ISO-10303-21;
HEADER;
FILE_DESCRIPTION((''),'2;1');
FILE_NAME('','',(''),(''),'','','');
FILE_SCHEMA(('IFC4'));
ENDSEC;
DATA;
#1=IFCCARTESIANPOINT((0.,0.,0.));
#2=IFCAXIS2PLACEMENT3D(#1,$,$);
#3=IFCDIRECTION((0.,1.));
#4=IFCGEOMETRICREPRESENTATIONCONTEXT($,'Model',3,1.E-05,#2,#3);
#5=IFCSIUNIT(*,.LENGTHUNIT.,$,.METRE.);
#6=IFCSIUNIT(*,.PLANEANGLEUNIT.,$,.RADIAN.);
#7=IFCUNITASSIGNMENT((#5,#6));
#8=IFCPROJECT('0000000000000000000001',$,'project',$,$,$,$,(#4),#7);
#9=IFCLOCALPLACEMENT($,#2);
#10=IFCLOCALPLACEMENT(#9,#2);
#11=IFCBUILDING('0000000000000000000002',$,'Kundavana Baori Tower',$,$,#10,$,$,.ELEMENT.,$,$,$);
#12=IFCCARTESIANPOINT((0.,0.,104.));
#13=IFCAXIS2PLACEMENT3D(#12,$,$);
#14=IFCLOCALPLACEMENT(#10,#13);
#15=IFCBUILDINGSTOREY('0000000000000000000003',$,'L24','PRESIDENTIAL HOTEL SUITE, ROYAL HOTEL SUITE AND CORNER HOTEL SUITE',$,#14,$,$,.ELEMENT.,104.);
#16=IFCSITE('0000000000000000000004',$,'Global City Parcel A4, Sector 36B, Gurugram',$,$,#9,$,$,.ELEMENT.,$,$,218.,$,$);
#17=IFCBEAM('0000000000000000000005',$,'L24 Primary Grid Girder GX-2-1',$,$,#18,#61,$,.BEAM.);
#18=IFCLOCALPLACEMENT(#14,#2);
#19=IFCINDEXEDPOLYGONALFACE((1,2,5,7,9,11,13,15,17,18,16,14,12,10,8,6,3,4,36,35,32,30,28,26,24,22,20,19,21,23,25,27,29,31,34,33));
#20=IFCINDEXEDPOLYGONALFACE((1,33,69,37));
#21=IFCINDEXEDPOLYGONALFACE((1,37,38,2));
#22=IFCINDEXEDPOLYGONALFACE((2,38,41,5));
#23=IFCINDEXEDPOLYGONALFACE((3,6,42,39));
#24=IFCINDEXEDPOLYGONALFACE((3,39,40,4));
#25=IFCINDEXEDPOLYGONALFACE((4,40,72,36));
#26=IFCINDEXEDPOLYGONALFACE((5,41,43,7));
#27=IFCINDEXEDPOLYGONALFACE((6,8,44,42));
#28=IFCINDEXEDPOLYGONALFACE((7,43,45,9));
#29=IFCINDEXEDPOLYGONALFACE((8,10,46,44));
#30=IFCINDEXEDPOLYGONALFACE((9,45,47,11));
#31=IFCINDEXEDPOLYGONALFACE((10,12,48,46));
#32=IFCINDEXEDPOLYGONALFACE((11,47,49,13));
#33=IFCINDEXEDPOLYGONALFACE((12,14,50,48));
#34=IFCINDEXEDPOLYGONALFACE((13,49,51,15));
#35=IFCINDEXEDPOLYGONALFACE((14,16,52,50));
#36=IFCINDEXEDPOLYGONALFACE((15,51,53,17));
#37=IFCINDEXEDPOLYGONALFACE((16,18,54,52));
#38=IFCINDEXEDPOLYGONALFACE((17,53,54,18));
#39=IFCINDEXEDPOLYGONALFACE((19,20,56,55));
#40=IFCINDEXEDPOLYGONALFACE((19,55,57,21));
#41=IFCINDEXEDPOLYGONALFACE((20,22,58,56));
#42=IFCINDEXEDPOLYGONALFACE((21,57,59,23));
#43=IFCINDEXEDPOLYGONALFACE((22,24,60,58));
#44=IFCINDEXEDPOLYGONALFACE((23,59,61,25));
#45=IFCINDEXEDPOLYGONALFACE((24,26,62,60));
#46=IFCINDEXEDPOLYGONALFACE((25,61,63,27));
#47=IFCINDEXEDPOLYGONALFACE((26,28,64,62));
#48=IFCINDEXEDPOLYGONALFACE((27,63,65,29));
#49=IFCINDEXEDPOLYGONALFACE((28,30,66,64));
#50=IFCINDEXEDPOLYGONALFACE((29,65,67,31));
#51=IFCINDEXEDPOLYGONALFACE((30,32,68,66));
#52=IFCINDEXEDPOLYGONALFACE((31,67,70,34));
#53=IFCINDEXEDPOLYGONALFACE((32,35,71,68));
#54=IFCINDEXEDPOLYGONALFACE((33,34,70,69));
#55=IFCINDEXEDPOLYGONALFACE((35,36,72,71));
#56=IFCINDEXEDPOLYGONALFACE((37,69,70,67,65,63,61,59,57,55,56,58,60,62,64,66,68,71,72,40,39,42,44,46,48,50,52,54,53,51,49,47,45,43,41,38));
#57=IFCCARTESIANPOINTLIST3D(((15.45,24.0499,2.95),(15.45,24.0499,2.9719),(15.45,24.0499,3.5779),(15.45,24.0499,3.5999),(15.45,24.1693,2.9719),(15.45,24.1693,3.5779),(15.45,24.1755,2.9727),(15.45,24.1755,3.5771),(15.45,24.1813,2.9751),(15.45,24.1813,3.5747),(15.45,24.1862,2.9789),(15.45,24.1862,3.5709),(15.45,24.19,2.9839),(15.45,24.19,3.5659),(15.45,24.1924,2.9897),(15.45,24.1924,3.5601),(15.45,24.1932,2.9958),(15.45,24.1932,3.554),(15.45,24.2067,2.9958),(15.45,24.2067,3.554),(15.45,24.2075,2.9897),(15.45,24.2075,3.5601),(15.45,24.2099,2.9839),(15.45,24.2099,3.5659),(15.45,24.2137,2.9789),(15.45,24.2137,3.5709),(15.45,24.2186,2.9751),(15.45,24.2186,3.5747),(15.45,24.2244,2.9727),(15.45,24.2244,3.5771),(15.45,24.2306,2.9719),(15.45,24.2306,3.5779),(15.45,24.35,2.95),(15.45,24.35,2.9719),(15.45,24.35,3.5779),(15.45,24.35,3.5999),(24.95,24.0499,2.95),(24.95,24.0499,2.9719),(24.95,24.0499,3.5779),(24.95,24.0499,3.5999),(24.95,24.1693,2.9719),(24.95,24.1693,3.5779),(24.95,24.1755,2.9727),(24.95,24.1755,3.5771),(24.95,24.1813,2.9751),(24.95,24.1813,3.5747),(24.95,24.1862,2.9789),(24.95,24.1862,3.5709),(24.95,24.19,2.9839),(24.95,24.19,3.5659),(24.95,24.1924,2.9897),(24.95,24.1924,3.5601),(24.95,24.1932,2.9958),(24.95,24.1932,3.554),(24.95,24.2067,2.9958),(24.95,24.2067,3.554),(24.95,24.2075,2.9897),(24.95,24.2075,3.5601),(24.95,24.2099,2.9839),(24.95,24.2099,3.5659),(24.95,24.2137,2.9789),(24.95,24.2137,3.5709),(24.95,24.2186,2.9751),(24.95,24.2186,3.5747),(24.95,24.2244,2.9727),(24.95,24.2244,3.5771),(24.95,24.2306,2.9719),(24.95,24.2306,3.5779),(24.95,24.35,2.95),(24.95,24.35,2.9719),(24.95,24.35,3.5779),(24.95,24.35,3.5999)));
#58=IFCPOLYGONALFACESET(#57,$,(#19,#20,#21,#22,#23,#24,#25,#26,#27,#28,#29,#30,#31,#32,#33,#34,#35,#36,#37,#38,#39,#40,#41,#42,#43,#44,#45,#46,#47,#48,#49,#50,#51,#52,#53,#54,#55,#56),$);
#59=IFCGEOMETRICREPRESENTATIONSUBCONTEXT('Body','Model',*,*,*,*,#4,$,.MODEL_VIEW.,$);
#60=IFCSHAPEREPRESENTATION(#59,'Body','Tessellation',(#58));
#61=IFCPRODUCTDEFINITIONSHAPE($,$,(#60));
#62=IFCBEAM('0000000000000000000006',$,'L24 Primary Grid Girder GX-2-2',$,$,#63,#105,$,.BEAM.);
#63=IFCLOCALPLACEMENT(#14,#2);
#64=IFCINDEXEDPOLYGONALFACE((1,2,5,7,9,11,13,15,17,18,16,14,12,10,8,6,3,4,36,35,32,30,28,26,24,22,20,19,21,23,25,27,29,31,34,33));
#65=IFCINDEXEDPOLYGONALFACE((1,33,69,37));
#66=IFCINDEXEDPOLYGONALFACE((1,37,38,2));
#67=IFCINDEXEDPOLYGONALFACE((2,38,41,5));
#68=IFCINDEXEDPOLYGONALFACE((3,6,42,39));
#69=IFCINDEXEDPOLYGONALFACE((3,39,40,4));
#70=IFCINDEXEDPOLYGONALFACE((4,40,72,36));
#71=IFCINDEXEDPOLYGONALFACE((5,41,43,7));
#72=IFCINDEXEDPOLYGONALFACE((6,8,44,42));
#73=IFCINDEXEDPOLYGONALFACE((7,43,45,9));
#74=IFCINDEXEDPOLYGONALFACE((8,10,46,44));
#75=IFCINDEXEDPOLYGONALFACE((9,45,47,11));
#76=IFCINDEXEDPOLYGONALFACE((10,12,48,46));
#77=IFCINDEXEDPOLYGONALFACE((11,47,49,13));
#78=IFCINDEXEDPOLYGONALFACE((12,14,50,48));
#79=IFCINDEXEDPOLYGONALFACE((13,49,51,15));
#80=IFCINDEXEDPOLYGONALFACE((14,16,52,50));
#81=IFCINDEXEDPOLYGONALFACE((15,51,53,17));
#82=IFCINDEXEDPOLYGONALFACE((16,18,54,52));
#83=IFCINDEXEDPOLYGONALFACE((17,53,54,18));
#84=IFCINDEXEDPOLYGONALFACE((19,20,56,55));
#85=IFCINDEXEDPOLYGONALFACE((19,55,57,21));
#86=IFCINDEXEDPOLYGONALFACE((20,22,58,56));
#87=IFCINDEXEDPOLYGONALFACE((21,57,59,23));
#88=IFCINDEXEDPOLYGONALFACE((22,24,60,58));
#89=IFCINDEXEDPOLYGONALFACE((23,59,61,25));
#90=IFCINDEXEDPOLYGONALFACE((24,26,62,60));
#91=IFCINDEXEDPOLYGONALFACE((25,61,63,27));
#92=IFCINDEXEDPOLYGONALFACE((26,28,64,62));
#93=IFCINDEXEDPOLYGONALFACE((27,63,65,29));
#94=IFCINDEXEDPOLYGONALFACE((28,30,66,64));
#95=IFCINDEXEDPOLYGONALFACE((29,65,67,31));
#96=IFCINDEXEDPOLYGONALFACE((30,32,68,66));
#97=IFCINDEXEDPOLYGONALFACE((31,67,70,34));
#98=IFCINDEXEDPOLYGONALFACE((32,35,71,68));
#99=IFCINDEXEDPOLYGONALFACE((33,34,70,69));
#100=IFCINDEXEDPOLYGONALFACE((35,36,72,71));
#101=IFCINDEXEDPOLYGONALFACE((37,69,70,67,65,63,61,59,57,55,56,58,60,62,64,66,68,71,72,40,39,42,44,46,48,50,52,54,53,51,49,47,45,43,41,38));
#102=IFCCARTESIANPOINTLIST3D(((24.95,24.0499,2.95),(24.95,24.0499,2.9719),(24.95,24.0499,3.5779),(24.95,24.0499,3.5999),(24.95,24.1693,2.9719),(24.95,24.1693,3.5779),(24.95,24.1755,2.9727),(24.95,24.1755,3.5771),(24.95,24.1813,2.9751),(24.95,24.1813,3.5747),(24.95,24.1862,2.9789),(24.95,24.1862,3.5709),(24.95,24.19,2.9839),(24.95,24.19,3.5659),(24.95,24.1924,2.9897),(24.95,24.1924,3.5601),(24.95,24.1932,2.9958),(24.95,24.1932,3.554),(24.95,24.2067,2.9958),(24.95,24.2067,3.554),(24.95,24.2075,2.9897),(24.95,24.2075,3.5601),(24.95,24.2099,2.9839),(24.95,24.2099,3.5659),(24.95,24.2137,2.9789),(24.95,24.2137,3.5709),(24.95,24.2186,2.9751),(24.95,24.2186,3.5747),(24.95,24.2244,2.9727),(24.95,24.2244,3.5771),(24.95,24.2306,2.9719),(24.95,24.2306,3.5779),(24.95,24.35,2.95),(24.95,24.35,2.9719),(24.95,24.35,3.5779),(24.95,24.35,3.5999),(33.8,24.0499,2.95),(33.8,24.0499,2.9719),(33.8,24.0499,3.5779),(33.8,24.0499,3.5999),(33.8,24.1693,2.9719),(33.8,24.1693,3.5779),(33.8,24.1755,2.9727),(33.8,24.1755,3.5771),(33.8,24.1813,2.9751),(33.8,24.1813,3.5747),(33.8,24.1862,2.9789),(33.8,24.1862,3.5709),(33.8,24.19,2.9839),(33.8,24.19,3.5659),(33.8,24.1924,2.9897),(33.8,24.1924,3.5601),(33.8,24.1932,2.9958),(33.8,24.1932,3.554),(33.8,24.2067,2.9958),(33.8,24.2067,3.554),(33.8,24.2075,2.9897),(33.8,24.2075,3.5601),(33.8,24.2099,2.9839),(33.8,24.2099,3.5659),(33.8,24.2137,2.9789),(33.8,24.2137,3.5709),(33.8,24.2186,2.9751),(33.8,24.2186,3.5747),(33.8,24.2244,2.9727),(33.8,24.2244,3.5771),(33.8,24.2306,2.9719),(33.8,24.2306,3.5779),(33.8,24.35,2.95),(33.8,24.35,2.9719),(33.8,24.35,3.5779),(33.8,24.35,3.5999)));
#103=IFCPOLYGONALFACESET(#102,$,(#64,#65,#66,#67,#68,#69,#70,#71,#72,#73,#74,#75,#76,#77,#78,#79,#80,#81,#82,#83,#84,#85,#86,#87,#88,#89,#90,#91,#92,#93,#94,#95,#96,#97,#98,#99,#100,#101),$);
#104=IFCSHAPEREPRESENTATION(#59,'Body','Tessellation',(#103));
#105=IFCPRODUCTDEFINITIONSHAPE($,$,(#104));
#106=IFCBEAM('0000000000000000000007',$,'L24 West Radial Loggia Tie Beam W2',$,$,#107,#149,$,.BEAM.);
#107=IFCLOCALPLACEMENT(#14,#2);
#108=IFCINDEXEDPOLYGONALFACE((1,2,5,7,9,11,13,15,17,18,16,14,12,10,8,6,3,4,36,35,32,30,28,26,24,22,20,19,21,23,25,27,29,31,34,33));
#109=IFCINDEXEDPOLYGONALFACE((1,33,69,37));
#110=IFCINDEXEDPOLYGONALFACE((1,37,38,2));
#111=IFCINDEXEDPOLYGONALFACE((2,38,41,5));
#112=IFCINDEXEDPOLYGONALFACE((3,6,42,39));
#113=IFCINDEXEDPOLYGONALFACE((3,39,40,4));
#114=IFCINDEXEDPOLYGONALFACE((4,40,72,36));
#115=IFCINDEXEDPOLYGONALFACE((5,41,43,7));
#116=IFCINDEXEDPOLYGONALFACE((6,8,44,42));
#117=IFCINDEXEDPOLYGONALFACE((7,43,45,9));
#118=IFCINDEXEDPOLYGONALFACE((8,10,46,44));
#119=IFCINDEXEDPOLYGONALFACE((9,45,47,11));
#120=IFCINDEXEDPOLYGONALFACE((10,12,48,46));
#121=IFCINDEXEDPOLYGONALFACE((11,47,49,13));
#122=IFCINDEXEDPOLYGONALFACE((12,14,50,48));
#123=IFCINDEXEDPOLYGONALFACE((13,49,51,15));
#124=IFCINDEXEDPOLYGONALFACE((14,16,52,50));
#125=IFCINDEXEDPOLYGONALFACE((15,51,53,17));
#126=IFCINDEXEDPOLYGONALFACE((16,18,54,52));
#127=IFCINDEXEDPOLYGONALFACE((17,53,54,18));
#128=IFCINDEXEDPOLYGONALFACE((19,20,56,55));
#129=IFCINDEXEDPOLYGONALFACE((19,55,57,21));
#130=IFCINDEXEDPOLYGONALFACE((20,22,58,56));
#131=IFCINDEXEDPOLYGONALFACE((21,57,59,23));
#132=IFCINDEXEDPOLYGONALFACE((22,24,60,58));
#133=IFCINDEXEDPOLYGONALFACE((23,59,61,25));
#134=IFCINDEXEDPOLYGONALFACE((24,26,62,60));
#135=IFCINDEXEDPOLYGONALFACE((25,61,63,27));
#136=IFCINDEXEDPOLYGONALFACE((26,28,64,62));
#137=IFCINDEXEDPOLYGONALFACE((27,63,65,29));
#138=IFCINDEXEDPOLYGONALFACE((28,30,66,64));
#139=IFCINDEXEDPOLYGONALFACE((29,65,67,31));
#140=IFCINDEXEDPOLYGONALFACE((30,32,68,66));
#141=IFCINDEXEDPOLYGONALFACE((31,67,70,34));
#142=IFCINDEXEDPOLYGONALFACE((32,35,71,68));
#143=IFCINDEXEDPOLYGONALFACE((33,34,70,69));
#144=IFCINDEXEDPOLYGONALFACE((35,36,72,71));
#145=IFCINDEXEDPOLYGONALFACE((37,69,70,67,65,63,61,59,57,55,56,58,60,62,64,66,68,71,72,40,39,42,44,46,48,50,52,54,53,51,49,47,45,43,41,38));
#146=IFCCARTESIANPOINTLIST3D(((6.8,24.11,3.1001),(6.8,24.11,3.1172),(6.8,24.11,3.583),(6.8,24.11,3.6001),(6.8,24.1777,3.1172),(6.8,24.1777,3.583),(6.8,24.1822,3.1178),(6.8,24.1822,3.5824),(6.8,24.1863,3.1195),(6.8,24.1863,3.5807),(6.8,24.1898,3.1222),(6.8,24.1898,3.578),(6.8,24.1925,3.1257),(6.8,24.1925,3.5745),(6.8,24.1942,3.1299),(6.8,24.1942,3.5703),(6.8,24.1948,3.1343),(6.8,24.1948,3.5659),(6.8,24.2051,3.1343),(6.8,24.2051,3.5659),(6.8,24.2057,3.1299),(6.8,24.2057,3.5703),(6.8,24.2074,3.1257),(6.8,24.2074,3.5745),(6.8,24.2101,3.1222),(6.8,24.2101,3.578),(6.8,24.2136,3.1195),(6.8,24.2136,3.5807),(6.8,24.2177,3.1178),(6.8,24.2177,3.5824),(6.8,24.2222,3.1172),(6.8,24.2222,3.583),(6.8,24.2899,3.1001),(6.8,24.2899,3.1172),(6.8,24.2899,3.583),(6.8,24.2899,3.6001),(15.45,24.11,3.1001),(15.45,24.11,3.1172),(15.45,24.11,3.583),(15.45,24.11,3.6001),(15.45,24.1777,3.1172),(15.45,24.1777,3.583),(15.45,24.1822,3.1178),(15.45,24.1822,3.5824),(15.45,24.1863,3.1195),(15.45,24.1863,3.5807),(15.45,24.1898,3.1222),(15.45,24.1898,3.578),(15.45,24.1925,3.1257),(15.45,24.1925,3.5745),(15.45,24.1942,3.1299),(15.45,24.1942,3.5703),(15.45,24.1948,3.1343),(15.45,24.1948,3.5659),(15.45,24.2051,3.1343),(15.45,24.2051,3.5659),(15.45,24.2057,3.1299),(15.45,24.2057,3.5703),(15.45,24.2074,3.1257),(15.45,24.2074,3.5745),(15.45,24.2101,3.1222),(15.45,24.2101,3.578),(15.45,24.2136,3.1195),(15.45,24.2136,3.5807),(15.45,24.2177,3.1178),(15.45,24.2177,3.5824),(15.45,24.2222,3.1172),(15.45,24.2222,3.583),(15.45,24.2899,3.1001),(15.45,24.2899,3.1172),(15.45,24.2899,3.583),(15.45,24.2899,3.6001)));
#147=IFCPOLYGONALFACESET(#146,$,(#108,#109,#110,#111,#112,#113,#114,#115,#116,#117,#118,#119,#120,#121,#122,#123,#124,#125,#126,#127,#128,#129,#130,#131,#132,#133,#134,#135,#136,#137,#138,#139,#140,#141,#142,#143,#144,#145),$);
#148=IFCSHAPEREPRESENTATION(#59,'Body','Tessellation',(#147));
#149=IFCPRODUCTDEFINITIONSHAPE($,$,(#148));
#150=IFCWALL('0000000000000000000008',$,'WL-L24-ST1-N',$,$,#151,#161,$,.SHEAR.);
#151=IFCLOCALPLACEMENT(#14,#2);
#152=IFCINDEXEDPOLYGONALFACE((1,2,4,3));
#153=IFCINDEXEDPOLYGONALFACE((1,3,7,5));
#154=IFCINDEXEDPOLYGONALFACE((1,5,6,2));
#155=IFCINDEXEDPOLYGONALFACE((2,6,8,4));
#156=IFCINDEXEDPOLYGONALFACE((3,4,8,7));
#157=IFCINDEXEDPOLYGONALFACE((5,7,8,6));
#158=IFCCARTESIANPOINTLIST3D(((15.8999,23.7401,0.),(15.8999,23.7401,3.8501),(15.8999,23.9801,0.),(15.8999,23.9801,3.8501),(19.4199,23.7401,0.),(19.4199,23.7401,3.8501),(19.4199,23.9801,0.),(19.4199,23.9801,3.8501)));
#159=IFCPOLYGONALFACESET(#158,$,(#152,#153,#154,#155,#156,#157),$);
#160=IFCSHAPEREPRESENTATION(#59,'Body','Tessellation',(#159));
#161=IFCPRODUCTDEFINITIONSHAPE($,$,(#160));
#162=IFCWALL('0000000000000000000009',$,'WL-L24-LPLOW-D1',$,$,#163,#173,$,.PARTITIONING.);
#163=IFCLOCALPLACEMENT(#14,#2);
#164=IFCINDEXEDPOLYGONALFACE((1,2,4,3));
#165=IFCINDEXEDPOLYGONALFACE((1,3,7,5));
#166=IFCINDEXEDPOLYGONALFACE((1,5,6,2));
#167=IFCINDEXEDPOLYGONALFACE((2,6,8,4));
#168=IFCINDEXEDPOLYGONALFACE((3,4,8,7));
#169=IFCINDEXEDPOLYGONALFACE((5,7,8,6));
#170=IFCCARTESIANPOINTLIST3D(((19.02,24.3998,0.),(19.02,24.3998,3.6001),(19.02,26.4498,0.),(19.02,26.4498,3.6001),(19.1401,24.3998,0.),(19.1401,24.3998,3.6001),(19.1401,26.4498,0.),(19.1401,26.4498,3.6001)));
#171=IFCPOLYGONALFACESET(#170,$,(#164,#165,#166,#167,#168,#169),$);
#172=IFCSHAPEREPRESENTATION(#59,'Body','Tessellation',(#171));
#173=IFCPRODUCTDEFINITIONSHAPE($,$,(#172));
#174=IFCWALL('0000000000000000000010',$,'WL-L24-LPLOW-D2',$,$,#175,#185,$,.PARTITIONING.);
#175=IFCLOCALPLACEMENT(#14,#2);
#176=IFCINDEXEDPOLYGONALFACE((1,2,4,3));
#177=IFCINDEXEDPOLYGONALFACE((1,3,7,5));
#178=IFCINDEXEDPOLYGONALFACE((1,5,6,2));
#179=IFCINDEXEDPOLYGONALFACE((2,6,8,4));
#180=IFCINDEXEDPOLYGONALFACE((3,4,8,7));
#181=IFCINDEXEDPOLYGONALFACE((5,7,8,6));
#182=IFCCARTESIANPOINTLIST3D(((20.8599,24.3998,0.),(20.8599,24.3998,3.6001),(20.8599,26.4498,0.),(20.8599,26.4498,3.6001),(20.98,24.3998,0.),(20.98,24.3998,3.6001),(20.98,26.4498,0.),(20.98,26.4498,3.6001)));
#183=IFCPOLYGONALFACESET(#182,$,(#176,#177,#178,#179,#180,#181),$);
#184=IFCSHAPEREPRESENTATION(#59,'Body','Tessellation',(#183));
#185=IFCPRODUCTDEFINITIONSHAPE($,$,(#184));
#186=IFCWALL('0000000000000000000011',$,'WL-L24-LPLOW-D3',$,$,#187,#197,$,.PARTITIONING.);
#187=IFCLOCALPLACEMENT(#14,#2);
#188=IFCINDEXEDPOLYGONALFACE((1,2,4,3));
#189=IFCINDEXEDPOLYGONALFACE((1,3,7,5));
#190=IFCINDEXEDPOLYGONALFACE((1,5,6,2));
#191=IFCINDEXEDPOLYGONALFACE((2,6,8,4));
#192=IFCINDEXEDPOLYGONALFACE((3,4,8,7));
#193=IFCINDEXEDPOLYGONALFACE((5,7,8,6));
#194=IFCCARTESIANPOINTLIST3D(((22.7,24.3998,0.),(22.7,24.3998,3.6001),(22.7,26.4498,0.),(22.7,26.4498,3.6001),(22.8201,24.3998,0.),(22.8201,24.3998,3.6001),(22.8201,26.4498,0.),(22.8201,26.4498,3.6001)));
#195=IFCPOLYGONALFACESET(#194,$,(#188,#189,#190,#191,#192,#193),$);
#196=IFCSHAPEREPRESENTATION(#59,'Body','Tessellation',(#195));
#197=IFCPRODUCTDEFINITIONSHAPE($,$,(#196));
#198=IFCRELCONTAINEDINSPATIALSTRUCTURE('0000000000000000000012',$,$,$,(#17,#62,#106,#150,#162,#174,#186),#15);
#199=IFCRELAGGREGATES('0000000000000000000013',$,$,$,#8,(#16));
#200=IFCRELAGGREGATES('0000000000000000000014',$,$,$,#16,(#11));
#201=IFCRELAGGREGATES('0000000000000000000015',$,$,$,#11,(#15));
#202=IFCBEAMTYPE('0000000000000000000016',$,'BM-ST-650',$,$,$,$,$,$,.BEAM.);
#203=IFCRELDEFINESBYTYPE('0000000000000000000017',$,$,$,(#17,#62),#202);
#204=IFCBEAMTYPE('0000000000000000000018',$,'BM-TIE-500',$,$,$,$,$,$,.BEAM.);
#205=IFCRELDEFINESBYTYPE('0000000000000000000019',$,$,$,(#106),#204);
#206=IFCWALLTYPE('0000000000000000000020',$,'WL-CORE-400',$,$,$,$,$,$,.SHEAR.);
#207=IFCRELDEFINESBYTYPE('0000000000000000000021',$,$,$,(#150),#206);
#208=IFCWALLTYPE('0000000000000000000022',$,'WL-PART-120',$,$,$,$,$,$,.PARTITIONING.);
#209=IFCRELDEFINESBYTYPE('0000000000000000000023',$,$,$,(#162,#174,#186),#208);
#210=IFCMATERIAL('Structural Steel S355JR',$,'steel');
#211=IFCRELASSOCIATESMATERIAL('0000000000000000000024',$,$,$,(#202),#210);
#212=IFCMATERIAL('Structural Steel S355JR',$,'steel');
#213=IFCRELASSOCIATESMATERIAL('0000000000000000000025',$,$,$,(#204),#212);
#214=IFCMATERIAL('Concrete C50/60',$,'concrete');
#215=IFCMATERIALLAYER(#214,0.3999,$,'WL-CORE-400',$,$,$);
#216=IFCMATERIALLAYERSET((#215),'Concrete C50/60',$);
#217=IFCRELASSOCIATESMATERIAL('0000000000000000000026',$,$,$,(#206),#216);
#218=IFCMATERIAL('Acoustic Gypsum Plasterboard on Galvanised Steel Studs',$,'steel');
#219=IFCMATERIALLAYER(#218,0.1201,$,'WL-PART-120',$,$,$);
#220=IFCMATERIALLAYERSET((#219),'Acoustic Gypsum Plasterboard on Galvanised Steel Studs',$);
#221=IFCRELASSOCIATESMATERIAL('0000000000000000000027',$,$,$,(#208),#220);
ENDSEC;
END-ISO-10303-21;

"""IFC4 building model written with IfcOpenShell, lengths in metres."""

from ifc_helpers import new_model, si_unit, direction, frame, frame_2d, origin, origin_2d, place, context, subcontext, project, spatial, rectangle, i_section, extrude, material, layer, layer_set, material_profile, profile_set, type_object, element, save


model = new_model("IFC4")

# Units and contexts
model_context = context("Model", 3, precision=1e-05, world=origin(), true_north=direction((0.0, 1.0)))
body_context = subcontext(model_context, "Body", "Model", "MODEL_VIEW")
ifc_project = project(units=[si_unit("LENGTHUNIT", "METRE"), si_unit("PLANEANGLEUNIT", "RADIAN")], contexts=[model_context])

# Site, building, storey
site_placement = place(None, origin())
site = spatial("IfcSite", under=ifc_project, at=site_placement, Name="Global City Parcel A4, Sector 36B, Gurugram", CompositionType="ELEMENT", RefElevation=218.0)
building_placement = place(site_placement, origin())
building = spatial("IfcBuilding", under=site, at=building_placement, Name="Kundavana Baori Tower", CompositionType="ELEMENT")
storey_placement = place(building_placement, frame((0.0, 0.0, 104.0)))
storey = spatial("IfcBuildingStorey", under=building, at=storey_placement, Name="L24", Description="PRESIDENTIAL HOTEL SUITE, ROYAL HOTEL SUITE AND CORNER HOTEL SUITE", CompositionType="ELEMENT", Elevation=104.0)

# Beams
ifc_material_1 = material(Name="Structural Steel S355JR", Category="steel")
ifc_material_profile_1 = material_profile(ifc_material_1, i_section(OverallWidth=0.3, OverallDepth=0.6499, WebThickness=0.0134, FlangeThickness=0.022, FilletRadius=0.0239, at=origin_2d()), Name="NPB 650x300x155")
ifc_profile_set_1 = profile_set([ifc_material_profile_1], Name="Structural Steel S355JR")
beam_type_1 = type_object("IfcBeamType", Name="BM-ST-650", PredefinedType="BEAM", material=ifc_profile_set_1)
beam_1_placement = place(storey_placement, frame((15.45, 24.2, 3.2749), z_axis=(1.0, 0.0, 0.0), x_axis=(0.0, 1.0, 0.0)))
element("IfcBeam", 1, at=beam_1_placement, inside=storey, type_object=beam_type_1, Name="L24 Primary Grid Girder GX-2-1", PredefinedType="BEAM", context=body_context, shape_type="SweptSolid", body=[
    extrude(i_section(OverallWidth=0.3, OverallDepth=0.6499, WebThickness=0.0134, FlangeThickness=0.022, FilletRadius=0.0239, at=origin_2d()), origin(), (0.0, 0.0, 1.0), 9.5),
])
beam_2_placement = place(storey_placement, frame((24.95, 24.2, 3.2749), z_axis=(1.0, 0.0, 0.0), x_axis=(0.0, 1.0, 0.0)))
element("IfcBeam", 2, at=beam_2_placement, inside=storey, type_object=beam_type_1, Name="L24 Primary Grid Girder GX-2-2", PredefinedType="BEAM", context=body_context, shape_type="SweptSolid", body=[
    extrude(i_section(OverallWidth=0.3, OverallDepth=0.6499, WebThickness=0.0134, FlangeThickness=0.022, FilletRadius=0.0239, at=origin_2d()), origin(), (0.0, 0.0, 1.0), 8.8501),
])
ifc_material_2 = material(Name="Structural Steel S355JR", Category="steel")
ifc_material_profile_2 = material_profile(ifc_material_2, i_section(OverallWidth=0.1799, OverallDepth=0.5, WebThickness=0.0103, FlangeThickness=0.0171, FilletRadius=0.0171, at=origin_2d()), Name="ISMB 500")
ifc_profile_set_2 = profile_set([ifc_material_profile_2], Name="Structural Steel S355JR")
beam_type_2 = type_object("IfcBeamType", Name="BM-TIE-500", PredefinedType="BEAM", material=ifc_profile_set_2)
beam_3_placement = place(storey_placement, frame((15.45, 24.2, 3.3501), z_axis=(-1.0, 0.0, 0.0), x_axis=(0.0, -1.0, 0.0)))
element("IfcBeam", 3, at=beam_3_placement, inside=storey, type_object=beam_type_2, Name="L24 West Radial Loggia Tie Beam W2", PredefinedType="BEAM", context=body_context, shape_type="SweptSolid", body=[
    extrude(i_section(OverallWidth=0.1799, OverallDepth=0.5, WebThickness=0.0103, FlangeThickness=0.0171, FilletRadius=0.0171, at=origin_2d()), origin(), (0.0, 0.0, 1.0), 8.6499),
])

# Walls
ifc_material_3 = material(Name="Concrete C50/60", Category="concrete")
ifc_layer_1 = layer(ifc_material_3, 0.3999, Name="WL-CORE-400")
ifc_layer_set_1 = layer_set([ifc_layer_1], Name="Concrete C50/60")
wall_type_1 = type_object("IfcWallType", Name="WL-CORE-400", PredefinedType="SHEAR", material=ifc_layer_set_1)
wall_1_placement = place(storey_placement, frame((15.8999, 23.8601, 0.0), z_axis=(0.0, 0.0, 1.0), x_axis=(1.0, 0.0, 0.0)))
element("IfcWall", 4, at=wall_1_placement, inside=storey, type_object=wall_type_1, Name="WL-L24-ST1-N", PredefinedType="SHEAR", context=body_context, shape_type="SweptSolid", body=[
    extrude(rectangle(XDim=3.52, YDim=0.24, at=frame_2d((1.76, 0.0))), origin(), (0.0, 0.0, 1.0), 3.8501),
])
ifc_material_4 = material(Name="Acoustic Gypsum Plasterboard on Galvanised Steel Studs", Category="steel")
ifc_layer_2 = layer(ifc_material_4, 0.1201, Name="WL-PART-120")
ifc_layer_set_2 = layer_set([ifc_layer_2], Name="Acoustic Gypsum Plasterboard on Galvanised Steel Studs")
wall_type_2 = type_object("IfcWallType", Name="WL-PART-120", PredefinedType="PARTITIONING", material=ifc_layer_set_2)
for number, where, z_axis, x_axis, name in (
    (5, (19.0801, 24.3999, 0.0), (0.0, 0.0, 1.0), (0.0, 1.0, 0.0), "WL-L24-LPLOW-D1"),
    (6, (20.9199, 24.3999, 0.0), (0.0, 0.0, 1.0), (0.0, 1.0, 0.0), "WL-L24-LPLOW-D2"),
    (7, (22.76, 24.3999, 0.0), (0.0, 0.0, 1.0), (0.0, 1.0, 0.0), "WL-L24-LPLOW-D3"),
):
    element("IfcWall", number, at=place(storey_placement, frame(where, z_axis=z_axis, x_axis=x_axis)), inside=storey, type_object=wall_type_2, Name=name, PredefinedType="PARTITIONING", context=body_context, shape_type="SweptSolid", body=[
        extrude(rectangle(XDim=2.05, YDim=0.1201, at=frame_2d((1.0249, 0.0))), origin(), (0.0, 0.0, 1.0), 3.6001),
    ])

save(model, "model.ifc")
